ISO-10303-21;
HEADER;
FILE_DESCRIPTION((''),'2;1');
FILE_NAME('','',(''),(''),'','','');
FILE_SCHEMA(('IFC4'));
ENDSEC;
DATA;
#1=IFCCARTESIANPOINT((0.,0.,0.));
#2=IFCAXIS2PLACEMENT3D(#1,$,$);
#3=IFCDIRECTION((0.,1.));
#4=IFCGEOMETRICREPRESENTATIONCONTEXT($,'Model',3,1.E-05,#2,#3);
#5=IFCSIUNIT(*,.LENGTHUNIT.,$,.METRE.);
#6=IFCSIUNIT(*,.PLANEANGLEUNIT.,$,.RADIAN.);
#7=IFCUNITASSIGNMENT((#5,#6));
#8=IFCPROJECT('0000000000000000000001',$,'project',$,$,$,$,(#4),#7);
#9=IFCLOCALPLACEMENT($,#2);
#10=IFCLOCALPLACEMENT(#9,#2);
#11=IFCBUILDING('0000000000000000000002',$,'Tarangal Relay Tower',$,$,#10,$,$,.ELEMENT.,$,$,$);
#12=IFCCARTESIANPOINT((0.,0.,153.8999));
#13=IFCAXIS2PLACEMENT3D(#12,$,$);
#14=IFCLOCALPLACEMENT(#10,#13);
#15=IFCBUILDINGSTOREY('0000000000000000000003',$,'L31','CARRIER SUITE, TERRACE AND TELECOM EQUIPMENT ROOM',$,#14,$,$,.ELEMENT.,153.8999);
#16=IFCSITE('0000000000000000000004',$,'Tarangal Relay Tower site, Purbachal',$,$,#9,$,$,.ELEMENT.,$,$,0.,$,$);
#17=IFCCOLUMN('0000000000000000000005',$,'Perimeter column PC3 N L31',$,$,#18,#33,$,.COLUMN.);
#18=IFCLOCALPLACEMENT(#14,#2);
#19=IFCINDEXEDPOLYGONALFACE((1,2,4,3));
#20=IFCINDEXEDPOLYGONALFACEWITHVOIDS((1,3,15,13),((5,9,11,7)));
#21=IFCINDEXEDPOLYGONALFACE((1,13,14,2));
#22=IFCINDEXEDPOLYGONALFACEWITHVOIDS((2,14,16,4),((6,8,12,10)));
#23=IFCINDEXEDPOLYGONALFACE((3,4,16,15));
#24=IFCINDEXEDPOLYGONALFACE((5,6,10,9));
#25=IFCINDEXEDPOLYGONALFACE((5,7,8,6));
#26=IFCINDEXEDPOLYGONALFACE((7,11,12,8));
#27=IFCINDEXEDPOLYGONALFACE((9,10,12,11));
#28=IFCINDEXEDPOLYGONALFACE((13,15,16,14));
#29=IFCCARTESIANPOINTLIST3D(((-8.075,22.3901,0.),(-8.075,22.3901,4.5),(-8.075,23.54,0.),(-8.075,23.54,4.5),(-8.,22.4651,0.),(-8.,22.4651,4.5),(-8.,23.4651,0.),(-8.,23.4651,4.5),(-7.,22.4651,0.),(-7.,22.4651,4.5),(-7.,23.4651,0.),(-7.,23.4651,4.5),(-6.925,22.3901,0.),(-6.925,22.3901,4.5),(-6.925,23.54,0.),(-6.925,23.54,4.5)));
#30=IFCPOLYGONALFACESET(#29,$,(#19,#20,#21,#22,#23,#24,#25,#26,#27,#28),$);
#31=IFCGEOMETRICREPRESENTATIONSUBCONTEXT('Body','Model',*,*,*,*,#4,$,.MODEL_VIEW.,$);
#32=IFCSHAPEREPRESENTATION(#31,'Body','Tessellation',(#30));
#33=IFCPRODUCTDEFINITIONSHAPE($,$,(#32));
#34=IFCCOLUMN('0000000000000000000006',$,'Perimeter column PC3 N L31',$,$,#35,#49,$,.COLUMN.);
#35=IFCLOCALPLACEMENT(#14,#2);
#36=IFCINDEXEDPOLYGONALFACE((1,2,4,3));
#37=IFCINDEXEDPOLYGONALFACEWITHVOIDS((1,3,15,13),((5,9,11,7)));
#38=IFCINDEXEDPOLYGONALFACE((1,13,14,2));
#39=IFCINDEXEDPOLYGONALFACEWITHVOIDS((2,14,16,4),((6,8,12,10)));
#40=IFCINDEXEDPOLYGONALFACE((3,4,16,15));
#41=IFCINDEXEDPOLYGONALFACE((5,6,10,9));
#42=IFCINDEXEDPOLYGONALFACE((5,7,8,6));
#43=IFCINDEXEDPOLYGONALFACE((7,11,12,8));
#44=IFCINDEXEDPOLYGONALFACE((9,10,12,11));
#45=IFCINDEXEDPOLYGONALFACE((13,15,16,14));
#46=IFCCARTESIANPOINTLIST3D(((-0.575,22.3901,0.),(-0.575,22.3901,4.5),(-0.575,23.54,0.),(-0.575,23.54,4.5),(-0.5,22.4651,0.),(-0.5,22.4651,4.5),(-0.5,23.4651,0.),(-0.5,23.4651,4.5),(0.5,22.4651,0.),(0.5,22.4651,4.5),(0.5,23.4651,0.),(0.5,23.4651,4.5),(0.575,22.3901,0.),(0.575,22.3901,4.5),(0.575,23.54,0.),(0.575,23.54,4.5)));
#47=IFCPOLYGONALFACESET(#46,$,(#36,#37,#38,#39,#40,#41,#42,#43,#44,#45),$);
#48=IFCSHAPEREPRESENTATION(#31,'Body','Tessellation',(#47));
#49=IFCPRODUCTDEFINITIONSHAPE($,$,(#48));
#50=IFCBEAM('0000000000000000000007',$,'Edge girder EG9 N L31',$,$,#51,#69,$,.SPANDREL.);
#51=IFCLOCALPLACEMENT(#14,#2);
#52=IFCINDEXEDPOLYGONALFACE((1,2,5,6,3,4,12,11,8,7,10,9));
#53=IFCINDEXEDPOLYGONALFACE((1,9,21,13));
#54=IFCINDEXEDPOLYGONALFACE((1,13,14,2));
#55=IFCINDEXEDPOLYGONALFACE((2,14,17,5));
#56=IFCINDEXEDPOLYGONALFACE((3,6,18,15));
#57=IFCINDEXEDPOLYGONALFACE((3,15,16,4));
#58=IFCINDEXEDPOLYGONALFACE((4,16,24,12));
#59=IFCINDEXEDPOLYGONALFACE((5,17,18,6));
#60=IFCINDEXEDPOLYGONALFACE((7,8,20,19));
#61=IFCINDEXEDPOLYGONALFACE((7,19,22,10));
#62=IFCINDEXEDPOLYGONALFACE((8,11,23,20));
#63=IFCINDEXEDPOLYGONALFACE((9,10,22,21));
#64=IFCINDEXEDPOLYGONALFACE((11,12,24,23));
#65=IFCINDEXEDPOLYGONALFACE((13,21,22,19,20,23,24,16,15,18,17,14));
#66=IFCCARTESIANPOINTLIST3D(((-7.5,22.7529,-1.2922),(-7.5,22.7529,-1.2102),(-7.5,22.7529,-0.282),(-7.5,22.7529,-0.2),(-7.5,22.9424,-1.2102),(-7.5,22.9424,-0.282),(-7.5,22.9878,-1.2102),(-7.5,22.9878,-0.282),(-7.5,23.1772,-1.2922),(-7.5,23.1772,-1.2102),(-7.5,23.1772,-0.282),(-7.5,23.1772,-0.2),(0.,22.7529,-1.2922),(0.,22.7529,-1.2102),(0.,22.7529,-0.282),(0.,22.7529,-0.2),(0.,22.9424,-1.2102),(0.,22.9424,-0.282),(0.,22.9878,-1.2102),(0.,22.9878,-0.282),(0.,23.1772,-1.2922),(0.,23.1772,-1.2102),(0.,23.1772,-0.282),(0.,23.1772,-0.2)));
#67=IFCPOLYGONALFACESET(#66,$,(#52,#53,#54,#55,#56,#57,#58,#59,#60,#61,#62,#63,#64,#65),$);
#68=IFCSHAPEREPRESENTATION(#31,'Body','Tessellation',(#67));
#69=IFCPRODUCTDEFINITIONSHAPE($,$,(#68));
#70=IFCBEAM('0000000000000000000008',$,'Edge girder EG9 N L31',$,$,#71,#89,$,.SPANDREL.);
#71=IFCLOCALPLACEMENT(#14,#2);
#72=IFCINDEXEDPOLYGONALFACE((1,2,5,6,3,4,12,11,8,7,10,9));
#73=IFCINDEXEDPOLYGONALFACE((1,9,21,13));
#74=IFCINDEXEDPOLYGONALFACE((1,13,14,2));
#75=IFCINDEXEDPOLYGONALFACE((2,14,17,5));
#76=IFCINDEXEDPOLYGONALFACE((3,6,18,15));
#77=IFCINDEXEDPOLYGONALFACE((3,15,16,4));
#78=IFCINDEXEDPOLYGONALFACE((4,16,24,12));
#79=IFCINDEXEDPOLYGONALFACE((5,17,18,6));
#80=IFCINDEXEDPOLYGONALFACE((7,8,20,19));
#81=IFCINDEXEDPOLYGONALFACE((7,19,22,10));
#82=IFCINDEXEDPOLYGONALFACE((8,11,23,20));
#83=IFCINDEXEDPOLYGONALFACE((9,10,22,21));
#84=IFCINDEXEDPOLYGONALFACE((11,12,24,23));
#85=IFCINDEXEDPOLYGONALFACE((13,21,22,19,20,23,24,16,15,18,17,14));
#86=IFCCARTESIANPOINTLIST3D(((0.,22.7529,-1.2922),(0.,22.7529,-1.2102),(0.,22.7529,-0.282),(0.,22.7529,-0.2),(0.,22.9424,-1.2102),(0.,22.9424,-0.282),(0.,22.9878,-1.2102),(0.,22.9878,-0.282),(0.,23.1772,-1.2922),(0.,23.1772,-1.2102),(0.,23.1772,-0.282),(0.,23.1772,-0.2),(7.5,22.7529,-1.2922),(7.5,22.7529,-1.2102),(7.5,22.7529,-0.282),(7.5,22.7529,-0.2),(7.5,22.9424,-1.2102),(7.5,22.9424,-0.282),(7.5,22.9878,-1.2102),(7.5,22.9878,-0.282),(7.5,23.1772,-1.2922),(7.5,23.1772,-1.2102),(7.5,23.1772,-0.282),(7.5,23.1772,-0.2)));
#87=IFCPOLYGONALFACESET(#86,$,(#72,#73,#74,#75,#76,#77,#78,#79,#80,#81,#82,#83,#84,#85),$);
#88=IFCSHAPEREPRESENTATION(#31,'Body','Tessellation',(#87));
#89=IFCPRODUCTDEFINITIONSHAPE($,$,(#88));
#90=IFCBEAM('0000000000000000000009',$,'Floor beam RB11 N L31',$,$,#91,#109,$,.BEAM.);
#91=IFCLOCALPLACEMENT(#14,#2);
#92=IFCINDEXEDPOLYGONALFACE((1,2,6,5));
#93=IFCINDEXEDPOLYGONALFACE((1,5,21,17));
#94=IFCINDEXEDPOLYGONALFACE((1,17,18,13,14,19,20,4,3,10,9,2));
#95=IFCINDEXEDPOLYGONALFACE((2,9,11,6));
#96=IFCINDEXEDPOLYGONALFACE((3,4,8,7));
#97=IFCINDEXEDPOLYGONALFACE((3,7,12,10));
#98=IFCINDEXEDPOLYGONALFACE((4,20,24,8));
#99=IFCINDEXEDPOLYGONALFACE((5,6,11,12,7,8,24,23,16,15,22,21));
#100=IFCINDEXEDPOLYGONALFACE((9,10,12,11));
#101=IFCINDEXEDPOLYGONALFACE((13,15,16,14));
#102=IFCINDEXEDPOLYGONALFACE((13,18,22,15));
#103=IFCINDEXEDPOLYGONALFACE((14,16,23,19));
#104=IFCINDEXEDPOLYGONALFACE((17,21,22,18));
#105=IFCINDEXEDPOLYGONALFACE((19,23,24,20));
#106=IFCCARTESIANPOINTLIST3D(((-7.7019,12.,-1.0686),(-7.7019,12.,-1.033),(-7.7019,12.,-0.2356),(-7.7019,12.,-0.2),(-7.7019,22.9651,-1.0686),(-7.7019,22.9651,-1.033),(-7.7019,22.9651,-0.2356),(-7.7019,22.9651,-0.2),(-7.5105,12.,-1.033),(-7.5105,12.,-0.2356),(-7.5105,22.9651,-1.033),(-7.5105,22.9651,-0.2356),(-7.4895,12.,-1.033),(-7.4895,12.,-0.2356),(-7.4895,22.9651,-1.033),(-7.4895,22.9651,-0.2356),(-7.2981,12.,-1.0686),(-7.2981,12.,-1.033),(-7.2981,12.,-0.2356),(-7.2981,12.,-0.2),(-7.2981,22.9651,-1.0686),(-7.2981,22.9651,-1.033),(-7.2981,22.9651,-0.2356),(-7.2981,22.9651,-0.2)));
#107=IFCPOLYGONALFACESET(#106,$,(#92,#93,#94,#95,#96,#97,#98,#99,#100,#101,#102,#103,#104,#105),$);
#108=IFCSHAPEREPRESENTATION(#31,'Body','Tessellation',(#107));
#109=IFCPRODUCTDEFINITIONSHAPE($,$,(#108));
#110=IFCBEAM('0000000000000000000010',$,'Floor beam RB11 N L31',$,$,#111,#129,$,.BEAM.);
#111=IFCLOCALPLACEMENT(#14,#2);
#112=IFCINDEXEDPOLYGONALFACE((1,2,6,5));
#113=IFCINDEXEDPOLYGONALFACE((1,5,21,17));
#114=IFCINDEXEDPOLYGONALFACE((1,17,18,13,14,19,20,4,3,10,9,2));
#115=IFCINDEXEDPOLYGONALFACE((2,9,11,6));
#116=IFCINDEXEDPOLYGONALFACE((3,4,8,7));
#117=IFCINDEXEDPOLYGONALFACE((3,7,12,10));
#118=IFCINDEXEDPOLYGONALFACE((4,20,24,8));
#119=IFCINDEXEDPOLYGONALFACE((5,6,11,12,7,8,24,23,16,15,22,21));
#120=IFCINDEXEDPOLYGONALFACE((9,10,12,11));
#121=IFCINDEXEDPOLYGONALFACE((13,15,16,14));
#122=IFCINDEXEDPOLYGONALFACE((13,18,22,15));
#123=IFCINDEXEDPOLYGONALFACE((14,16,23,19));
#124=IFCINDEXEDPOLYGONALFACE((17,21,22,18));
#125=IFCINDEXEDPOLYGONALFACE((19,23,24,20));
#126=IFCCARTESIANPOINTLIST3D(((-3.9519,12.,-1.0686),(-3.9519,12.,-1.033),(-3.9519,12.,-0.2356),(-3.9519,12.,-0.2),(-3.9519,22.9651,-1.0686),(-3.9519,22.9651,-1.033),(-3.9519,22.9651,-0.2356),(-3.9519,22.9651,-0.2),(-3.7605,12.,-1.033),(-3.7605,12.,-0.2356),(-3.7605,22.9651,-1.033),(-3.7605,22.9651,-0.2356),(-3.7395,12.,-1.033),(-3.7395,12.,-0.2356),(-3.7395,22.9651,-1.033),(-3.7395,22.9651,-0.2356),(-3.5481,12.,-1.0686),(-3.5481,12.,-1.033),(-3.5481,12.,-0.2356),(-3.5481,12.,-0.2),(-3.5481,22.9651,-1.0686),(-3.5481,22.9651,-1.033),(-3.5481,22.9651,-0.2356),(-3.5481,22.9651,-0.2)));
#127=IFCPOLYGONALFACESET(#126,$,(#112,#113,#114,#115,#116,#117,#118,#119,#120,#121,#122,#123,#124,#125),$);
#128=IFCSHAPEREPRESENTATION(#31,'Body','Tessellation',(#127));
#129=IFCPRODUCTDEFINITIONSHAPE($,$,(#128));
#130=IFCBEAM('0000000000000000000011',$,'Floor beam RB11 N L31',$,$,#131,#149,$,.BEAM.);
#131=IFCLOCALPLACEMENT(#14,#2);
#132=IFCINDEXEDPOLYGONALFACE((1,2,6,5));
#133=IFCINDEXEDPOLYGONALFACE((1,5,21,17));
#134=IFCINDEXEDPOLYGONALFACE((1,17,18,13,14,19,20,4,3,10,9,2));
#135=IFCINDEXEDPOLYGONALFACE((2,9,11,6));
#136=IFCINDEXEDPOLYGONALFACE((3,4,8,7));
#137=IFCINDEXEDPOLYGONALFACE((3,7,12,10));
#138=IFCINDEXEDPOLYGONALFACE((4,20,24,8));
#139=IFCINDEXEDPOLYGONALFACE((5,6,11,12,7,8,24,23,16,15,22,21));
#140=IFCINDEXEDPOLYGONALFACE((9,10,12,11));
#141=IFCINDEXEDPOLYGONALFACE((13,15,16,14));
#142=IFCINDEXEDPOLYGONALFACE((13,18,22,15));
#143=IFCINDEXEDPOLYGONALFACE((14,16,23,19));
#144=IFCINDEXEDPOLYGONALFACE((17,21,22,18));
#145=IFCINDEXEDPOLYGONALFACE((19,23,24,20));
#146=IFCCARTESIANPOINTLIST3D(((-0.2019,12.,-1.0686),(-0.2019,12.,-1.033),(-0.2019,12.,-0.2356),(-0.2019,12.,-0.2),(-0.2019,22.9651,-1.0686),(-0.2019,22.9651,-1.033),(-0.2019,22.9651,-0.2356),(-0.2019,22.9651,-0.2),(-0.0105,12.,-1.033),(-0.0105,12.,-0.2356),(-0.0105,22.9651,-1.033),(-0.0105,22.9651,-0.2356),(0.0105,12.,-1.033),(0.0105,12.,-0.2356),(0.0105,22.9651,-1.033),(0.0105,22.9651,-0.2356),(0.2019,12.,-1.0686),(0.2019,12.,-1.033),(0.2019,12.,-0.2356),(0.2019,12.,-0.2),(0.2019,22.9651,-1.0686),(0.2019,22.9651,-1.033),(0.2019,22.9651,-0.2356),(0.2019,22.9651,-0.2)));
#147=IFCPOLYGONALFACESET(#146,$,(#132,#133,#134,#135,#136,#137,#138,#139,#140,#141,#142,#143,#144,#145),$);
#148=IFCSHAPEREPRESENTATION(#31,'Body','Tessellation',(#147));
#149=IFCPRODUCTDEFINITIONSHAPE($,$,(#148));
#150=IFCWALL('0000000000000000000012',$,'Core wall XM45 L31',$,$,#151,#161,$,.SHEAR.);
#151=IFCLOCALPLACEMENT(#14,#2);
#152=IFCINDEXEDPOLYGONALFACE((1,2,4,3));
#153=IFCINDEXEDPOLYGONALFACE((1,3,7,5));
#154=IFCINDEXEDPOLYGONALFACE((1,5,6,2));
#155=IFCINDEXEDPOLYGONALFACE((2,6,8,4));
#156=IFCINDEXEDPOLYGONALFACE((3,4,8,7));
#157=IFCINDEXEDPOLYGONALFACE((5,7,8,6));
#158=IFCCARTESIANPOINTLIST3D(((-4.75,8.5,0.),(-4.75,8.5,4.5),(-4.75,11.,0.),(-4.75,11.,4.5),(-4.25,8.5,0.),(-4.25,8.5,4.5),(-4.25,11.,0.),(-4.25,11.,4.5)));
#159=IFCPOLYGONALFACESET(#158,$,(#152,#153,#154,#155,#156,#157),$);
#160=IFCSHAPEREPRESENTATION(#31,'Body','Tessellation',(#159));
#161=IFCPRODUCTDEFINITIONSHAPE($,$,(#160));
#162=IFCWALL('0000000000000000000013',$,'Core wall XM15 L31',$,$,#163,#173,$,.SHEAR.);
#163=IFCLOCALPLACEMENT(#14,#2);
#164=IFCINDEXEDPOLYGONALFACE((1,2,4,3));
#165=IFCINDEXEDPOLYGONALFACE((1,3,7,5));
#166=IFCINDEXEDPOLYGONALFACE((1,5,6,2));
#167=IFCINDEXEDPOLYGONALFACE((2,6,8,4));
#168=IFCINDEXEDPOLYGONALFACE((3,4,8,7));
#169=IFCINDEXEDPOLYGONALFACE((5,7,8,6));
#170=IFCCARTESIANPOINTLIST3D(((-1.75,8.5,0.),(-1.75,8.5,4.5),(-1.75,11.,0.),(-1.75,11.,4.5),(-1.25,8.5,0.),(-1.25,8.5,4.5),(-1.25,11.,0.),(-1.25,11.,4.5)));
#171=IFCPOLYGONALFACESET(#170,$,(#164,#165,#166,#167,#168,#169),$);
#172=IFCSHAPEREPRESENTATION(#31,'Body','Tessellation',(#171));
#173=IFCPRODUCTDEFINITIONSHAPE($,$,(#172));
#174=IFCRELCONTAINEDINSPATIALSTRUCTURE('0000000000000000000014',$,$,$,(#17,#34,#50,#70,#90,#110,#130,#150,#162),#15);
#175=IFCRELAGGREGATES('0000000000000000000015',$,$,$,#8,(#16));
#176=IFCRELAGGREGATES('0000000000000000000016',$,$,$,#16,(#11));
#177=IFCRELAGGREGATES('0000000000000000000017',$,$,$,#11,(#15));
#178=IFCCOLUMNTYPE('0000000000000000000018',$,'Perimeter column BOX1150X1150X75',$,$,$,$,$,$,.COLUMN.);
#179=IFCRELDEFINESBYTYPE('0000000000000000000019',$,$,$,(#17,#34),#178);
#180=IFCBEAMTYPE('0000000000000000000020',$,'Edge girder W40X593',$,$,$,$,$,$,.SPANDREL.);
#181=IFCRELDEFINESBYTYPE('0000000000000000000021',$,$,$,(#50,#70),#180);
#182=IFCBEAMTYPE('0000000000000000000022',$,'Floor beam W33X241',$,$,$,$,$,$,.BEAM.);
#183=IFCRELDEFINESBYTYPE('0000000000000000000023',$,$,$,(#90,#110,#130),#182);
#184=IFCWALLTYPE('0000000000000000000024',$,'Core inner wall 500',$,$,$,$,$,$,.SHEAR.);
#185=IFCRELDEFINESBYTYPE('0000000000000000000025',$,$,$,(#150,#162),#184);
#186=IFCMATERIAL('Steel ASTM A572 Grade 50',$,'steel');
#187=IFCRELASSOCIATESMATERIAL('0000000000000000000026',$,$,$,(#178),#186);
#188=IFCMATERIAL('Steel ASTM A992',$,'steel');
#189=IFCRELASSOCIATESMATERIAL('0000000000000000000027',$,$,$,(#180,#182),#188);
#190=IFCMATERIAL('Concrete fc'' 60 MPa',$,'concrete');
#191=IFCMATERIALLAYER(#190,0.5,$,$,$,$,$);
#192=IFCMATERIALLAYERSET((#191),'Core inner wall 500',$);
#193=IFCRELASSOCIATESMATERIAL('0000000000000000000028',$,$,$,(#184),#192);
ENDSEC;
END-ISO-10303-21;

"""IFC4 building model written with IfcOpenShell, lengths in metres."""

from ifc_helpers import new_model, si_unit, direction, frame, frame_2d, origin, origin_2d, place, context, subcontext, project, spatial, rectangle, hollow_rectangle, i_section, extrude, material, layer, layer_set, material_profile, profile_set, type_object, element, save


model = new_model("IFC4")

# Units and contexts
model_context = context("Model", 3, precision=1e-05, world=origin(), true_north=direction((0.0, 1.0)))
body_context = subcontext(model_context, "Body", "Model", "MODEL_VIEW")
ifc_project = project(units=[si_unit("LENGTHUNIT", "METRE"), si_unit("PLANEANGLEUNIT", "RADIAN")], contexts=[model_context])

# Site, building, storey
site_placement = place(None, origin())
site = spatial("IfcSite", under=ifc_project, at=site_placement, Name="Tarangal Relay Tower site, Purbachal", CompositionType="ELEMENT", RefElevation=0.0)
building_placement = place(site_placement, origin())
building = spatial("IfcBuilding", under=site, at=building_placement, Name="Tarangal Relay Tower", CompositionType="ELEMENT")
storey_placement = place(building_placement, frame((0.0, 0.0, 153.8999)))
storey = spatial("IfcBuildingStorey", under=building, at=storey_placement, Name="L31", Description="CARRIER SUITE, TERRACE AND TELECOM EQUIPMENT ROOM", CompositionType="ELEMENT", Elevation=153.8999)

# Columns
ifc_material_1 = material(Name="Steel ASTM A572 Grade 50", Category="steel")
ifc_material_profile_1 = material_profile(ifc_material_1, hollow_rectangle(XDim=1.1499, YDim=1.1499, WallThickness=0.075, at=origin_2d()), Name="BOX1150X1150X75")
ifc_profile_set_1 = profile_set([ifc_material_profile_1], Name="Steel ASTM A572 Grade 50")
column_type = type_object("IfcColumnType", Name="Perimeter column BOX1150X1150X75", PredefinedType="COLUMN", material=ifc_profile_set_1)
for number, where, z_axis, x_axis, name in (
    (1, (-7.5, 22.9651, 0.0), (0.0, 0.0, 1.0), (1.0, 0.0, 0.0), "Perimeter column PC3 N L31"),
    (2, (0.0, 22.9651, 0.0), (0.0, 0.0, 1.0), (1.0, 0.0, 0.0), "Perimeter column PC3 N L31"),
):
    element("IfcColumn", number, at=place(storey_placement, frame(where, z_axis=z_axis, x_axis=x_axis)), inside=storey, type_object=column_type, Name=name, PredefinedType="COLUMN", context=body_context, shape_type="SweptSolid", body=[
        extrude(hollow_rectangle(XDim=1.1499, YDim=1.1499, WallThickness=0.075, at=origin_2d()), origin(), (0.0, 0.0, 1.0), 4.5),
    ])

# Beams
ifc_material_2 = material(Name="Steel ASTM A992", Category="steel")
ifc_material_profile_2 = material_profile(ifc_material_2, i_section(OverallWidth=0.4243, OverallDepth=1.0923, WebThickness=0.0454, FlangeThickness=0.082, at=origin_2d()), Name="W40X593")
ifc_profile_set_2 = profile_set([ifc_material_profile_2], Name="Steel ASTM A992")
beam_type_1 = type_object("IfcBeamType", Name="Edge girder W40X593", PredefinedType="SPANDREL", material=ifc_profile_set_2)
for number, where, z_axis, x_axis, name in (
    (3, (-7.5, 22.9651, -0.7461), (1.0, 0.0, 0.0), (0.0, 1.0, 0.0), "Edge girder EG9 N L31"),
    (4, (0.0, 22.9651, -0.7461), (1.0, 0.0, 0.0), (0.0, 1.0, 0.0), "Edge girder EG9 N L31"),
):
    element("IfcBeam", number, at=place(storey_placement, frame(where, z_axis=z_axis, x_axis=x_axis)), inside=storey, type_object=beam_type_1, Name=name, PredefinedType="SPANDREL", context=body_context, shape_type="SweptSolid", body=[
        extrude(i_section(OverallWidth=0.4243, OverallDepth=1.0923, WebThickness=0.0454, FlangeThickness=0.082, at=origin_2d()), origin(), (0.0, 0.0, 1.0), 7.5),
    ])
ifc_material_profile_3 = material_profile(ifc_material_2, i_section(OverallWidth=0.4038, OverallDepth=0.8687, WebThickness=0.021, FlangeThickness=0.0356, at=origin_2d()), Name="W33X241")
ifc_profile_set_3 = profile_set([ifc_material_profile_3], Name="Steel ASTM A992")
beam_type_2 = type_object("IfcBeamType", Name="Floor beam W33X241", PredefinedType="BEAM", material=ifc_profile_set_3)
for number, where, z_axis, x_axis, name in (
    (5, (-7.5, 12.0, -0.6343), (0.0, 1.0, 0.0), (-1.0, 0.0, 0.0), "Floor beam RB11 N L31"),
    (6, (-3.75, 12.0, -0.6343), (0.0, 1.0, 0.0), (-1.0, 0.0, 0.0), "Floor beam RB11 N L31"),
    (7, (0.0, 12.0, -0.6343), (0.0, 1.0, 0.0), (-1.0, 0.0, 0.0), "Floor beam RB11 N L31"),
):
    element("IfcBeam", number, at=place(storey_placement, frame(where, z_axis=z_axis, x_axis=x_axis)), inside=storey, type_object=beam_type_2, Name=name, PredefinedType="BEAM", context=body_context, shape_type="SweptSolid", body=[
        extrude(i_section(OverallWidth=0.4038, OverallDepth=0.8687, WebThickness=0.021, FlangeThickness=0.0356, at=origin_2d()), origin(), (0.0, 0.0, 1.0), 10.9651),
    ])

# Shared definitions
ifc_material_3 = material(Name="Concrete fc' 60 MPa", Category="concrete")
ifc_layer = layer(ifc_material_3, 0.5)
ifc_layer_set = layer_set([ifc_layer], Name="Core inner wall 500")
wall_type = type_object("IfcWallType", Name="Core inner wall 500", PredefinedType="SHEAR", material=ifc_layer_set)

# Walls
for number, where, z_axis, x_axis, name in (
    (8, (-4.5, 8.5, 0.0), (0.0, 0.0, 1.0), (0.0, 1.0, 0.0), "Core wall XM45 L31"),
    (9, (-1.5, 8.5, 0.0), (0.0, 0.0, 1.0), (0.0, 1.0, 0.0), "Core wall XM15 L31"),
):
    element("IfcWall", number, at=place(storey_placement, frame(where, z_axis=z_axis, x_axis=x_axis)), inside=storey, type_object=wall_type, Name=name, PredefinedType="SHEAR", context=body_context, shape_type="SweptSolid", body=[
        extrude(rectangle(XDim=2.5, YDim=0.5, at=frame_2d((1.25, 0.0))), origin(), (0.0, 0.0, 1.0), 4.5),
    ])

save(model, "model.ifc")
